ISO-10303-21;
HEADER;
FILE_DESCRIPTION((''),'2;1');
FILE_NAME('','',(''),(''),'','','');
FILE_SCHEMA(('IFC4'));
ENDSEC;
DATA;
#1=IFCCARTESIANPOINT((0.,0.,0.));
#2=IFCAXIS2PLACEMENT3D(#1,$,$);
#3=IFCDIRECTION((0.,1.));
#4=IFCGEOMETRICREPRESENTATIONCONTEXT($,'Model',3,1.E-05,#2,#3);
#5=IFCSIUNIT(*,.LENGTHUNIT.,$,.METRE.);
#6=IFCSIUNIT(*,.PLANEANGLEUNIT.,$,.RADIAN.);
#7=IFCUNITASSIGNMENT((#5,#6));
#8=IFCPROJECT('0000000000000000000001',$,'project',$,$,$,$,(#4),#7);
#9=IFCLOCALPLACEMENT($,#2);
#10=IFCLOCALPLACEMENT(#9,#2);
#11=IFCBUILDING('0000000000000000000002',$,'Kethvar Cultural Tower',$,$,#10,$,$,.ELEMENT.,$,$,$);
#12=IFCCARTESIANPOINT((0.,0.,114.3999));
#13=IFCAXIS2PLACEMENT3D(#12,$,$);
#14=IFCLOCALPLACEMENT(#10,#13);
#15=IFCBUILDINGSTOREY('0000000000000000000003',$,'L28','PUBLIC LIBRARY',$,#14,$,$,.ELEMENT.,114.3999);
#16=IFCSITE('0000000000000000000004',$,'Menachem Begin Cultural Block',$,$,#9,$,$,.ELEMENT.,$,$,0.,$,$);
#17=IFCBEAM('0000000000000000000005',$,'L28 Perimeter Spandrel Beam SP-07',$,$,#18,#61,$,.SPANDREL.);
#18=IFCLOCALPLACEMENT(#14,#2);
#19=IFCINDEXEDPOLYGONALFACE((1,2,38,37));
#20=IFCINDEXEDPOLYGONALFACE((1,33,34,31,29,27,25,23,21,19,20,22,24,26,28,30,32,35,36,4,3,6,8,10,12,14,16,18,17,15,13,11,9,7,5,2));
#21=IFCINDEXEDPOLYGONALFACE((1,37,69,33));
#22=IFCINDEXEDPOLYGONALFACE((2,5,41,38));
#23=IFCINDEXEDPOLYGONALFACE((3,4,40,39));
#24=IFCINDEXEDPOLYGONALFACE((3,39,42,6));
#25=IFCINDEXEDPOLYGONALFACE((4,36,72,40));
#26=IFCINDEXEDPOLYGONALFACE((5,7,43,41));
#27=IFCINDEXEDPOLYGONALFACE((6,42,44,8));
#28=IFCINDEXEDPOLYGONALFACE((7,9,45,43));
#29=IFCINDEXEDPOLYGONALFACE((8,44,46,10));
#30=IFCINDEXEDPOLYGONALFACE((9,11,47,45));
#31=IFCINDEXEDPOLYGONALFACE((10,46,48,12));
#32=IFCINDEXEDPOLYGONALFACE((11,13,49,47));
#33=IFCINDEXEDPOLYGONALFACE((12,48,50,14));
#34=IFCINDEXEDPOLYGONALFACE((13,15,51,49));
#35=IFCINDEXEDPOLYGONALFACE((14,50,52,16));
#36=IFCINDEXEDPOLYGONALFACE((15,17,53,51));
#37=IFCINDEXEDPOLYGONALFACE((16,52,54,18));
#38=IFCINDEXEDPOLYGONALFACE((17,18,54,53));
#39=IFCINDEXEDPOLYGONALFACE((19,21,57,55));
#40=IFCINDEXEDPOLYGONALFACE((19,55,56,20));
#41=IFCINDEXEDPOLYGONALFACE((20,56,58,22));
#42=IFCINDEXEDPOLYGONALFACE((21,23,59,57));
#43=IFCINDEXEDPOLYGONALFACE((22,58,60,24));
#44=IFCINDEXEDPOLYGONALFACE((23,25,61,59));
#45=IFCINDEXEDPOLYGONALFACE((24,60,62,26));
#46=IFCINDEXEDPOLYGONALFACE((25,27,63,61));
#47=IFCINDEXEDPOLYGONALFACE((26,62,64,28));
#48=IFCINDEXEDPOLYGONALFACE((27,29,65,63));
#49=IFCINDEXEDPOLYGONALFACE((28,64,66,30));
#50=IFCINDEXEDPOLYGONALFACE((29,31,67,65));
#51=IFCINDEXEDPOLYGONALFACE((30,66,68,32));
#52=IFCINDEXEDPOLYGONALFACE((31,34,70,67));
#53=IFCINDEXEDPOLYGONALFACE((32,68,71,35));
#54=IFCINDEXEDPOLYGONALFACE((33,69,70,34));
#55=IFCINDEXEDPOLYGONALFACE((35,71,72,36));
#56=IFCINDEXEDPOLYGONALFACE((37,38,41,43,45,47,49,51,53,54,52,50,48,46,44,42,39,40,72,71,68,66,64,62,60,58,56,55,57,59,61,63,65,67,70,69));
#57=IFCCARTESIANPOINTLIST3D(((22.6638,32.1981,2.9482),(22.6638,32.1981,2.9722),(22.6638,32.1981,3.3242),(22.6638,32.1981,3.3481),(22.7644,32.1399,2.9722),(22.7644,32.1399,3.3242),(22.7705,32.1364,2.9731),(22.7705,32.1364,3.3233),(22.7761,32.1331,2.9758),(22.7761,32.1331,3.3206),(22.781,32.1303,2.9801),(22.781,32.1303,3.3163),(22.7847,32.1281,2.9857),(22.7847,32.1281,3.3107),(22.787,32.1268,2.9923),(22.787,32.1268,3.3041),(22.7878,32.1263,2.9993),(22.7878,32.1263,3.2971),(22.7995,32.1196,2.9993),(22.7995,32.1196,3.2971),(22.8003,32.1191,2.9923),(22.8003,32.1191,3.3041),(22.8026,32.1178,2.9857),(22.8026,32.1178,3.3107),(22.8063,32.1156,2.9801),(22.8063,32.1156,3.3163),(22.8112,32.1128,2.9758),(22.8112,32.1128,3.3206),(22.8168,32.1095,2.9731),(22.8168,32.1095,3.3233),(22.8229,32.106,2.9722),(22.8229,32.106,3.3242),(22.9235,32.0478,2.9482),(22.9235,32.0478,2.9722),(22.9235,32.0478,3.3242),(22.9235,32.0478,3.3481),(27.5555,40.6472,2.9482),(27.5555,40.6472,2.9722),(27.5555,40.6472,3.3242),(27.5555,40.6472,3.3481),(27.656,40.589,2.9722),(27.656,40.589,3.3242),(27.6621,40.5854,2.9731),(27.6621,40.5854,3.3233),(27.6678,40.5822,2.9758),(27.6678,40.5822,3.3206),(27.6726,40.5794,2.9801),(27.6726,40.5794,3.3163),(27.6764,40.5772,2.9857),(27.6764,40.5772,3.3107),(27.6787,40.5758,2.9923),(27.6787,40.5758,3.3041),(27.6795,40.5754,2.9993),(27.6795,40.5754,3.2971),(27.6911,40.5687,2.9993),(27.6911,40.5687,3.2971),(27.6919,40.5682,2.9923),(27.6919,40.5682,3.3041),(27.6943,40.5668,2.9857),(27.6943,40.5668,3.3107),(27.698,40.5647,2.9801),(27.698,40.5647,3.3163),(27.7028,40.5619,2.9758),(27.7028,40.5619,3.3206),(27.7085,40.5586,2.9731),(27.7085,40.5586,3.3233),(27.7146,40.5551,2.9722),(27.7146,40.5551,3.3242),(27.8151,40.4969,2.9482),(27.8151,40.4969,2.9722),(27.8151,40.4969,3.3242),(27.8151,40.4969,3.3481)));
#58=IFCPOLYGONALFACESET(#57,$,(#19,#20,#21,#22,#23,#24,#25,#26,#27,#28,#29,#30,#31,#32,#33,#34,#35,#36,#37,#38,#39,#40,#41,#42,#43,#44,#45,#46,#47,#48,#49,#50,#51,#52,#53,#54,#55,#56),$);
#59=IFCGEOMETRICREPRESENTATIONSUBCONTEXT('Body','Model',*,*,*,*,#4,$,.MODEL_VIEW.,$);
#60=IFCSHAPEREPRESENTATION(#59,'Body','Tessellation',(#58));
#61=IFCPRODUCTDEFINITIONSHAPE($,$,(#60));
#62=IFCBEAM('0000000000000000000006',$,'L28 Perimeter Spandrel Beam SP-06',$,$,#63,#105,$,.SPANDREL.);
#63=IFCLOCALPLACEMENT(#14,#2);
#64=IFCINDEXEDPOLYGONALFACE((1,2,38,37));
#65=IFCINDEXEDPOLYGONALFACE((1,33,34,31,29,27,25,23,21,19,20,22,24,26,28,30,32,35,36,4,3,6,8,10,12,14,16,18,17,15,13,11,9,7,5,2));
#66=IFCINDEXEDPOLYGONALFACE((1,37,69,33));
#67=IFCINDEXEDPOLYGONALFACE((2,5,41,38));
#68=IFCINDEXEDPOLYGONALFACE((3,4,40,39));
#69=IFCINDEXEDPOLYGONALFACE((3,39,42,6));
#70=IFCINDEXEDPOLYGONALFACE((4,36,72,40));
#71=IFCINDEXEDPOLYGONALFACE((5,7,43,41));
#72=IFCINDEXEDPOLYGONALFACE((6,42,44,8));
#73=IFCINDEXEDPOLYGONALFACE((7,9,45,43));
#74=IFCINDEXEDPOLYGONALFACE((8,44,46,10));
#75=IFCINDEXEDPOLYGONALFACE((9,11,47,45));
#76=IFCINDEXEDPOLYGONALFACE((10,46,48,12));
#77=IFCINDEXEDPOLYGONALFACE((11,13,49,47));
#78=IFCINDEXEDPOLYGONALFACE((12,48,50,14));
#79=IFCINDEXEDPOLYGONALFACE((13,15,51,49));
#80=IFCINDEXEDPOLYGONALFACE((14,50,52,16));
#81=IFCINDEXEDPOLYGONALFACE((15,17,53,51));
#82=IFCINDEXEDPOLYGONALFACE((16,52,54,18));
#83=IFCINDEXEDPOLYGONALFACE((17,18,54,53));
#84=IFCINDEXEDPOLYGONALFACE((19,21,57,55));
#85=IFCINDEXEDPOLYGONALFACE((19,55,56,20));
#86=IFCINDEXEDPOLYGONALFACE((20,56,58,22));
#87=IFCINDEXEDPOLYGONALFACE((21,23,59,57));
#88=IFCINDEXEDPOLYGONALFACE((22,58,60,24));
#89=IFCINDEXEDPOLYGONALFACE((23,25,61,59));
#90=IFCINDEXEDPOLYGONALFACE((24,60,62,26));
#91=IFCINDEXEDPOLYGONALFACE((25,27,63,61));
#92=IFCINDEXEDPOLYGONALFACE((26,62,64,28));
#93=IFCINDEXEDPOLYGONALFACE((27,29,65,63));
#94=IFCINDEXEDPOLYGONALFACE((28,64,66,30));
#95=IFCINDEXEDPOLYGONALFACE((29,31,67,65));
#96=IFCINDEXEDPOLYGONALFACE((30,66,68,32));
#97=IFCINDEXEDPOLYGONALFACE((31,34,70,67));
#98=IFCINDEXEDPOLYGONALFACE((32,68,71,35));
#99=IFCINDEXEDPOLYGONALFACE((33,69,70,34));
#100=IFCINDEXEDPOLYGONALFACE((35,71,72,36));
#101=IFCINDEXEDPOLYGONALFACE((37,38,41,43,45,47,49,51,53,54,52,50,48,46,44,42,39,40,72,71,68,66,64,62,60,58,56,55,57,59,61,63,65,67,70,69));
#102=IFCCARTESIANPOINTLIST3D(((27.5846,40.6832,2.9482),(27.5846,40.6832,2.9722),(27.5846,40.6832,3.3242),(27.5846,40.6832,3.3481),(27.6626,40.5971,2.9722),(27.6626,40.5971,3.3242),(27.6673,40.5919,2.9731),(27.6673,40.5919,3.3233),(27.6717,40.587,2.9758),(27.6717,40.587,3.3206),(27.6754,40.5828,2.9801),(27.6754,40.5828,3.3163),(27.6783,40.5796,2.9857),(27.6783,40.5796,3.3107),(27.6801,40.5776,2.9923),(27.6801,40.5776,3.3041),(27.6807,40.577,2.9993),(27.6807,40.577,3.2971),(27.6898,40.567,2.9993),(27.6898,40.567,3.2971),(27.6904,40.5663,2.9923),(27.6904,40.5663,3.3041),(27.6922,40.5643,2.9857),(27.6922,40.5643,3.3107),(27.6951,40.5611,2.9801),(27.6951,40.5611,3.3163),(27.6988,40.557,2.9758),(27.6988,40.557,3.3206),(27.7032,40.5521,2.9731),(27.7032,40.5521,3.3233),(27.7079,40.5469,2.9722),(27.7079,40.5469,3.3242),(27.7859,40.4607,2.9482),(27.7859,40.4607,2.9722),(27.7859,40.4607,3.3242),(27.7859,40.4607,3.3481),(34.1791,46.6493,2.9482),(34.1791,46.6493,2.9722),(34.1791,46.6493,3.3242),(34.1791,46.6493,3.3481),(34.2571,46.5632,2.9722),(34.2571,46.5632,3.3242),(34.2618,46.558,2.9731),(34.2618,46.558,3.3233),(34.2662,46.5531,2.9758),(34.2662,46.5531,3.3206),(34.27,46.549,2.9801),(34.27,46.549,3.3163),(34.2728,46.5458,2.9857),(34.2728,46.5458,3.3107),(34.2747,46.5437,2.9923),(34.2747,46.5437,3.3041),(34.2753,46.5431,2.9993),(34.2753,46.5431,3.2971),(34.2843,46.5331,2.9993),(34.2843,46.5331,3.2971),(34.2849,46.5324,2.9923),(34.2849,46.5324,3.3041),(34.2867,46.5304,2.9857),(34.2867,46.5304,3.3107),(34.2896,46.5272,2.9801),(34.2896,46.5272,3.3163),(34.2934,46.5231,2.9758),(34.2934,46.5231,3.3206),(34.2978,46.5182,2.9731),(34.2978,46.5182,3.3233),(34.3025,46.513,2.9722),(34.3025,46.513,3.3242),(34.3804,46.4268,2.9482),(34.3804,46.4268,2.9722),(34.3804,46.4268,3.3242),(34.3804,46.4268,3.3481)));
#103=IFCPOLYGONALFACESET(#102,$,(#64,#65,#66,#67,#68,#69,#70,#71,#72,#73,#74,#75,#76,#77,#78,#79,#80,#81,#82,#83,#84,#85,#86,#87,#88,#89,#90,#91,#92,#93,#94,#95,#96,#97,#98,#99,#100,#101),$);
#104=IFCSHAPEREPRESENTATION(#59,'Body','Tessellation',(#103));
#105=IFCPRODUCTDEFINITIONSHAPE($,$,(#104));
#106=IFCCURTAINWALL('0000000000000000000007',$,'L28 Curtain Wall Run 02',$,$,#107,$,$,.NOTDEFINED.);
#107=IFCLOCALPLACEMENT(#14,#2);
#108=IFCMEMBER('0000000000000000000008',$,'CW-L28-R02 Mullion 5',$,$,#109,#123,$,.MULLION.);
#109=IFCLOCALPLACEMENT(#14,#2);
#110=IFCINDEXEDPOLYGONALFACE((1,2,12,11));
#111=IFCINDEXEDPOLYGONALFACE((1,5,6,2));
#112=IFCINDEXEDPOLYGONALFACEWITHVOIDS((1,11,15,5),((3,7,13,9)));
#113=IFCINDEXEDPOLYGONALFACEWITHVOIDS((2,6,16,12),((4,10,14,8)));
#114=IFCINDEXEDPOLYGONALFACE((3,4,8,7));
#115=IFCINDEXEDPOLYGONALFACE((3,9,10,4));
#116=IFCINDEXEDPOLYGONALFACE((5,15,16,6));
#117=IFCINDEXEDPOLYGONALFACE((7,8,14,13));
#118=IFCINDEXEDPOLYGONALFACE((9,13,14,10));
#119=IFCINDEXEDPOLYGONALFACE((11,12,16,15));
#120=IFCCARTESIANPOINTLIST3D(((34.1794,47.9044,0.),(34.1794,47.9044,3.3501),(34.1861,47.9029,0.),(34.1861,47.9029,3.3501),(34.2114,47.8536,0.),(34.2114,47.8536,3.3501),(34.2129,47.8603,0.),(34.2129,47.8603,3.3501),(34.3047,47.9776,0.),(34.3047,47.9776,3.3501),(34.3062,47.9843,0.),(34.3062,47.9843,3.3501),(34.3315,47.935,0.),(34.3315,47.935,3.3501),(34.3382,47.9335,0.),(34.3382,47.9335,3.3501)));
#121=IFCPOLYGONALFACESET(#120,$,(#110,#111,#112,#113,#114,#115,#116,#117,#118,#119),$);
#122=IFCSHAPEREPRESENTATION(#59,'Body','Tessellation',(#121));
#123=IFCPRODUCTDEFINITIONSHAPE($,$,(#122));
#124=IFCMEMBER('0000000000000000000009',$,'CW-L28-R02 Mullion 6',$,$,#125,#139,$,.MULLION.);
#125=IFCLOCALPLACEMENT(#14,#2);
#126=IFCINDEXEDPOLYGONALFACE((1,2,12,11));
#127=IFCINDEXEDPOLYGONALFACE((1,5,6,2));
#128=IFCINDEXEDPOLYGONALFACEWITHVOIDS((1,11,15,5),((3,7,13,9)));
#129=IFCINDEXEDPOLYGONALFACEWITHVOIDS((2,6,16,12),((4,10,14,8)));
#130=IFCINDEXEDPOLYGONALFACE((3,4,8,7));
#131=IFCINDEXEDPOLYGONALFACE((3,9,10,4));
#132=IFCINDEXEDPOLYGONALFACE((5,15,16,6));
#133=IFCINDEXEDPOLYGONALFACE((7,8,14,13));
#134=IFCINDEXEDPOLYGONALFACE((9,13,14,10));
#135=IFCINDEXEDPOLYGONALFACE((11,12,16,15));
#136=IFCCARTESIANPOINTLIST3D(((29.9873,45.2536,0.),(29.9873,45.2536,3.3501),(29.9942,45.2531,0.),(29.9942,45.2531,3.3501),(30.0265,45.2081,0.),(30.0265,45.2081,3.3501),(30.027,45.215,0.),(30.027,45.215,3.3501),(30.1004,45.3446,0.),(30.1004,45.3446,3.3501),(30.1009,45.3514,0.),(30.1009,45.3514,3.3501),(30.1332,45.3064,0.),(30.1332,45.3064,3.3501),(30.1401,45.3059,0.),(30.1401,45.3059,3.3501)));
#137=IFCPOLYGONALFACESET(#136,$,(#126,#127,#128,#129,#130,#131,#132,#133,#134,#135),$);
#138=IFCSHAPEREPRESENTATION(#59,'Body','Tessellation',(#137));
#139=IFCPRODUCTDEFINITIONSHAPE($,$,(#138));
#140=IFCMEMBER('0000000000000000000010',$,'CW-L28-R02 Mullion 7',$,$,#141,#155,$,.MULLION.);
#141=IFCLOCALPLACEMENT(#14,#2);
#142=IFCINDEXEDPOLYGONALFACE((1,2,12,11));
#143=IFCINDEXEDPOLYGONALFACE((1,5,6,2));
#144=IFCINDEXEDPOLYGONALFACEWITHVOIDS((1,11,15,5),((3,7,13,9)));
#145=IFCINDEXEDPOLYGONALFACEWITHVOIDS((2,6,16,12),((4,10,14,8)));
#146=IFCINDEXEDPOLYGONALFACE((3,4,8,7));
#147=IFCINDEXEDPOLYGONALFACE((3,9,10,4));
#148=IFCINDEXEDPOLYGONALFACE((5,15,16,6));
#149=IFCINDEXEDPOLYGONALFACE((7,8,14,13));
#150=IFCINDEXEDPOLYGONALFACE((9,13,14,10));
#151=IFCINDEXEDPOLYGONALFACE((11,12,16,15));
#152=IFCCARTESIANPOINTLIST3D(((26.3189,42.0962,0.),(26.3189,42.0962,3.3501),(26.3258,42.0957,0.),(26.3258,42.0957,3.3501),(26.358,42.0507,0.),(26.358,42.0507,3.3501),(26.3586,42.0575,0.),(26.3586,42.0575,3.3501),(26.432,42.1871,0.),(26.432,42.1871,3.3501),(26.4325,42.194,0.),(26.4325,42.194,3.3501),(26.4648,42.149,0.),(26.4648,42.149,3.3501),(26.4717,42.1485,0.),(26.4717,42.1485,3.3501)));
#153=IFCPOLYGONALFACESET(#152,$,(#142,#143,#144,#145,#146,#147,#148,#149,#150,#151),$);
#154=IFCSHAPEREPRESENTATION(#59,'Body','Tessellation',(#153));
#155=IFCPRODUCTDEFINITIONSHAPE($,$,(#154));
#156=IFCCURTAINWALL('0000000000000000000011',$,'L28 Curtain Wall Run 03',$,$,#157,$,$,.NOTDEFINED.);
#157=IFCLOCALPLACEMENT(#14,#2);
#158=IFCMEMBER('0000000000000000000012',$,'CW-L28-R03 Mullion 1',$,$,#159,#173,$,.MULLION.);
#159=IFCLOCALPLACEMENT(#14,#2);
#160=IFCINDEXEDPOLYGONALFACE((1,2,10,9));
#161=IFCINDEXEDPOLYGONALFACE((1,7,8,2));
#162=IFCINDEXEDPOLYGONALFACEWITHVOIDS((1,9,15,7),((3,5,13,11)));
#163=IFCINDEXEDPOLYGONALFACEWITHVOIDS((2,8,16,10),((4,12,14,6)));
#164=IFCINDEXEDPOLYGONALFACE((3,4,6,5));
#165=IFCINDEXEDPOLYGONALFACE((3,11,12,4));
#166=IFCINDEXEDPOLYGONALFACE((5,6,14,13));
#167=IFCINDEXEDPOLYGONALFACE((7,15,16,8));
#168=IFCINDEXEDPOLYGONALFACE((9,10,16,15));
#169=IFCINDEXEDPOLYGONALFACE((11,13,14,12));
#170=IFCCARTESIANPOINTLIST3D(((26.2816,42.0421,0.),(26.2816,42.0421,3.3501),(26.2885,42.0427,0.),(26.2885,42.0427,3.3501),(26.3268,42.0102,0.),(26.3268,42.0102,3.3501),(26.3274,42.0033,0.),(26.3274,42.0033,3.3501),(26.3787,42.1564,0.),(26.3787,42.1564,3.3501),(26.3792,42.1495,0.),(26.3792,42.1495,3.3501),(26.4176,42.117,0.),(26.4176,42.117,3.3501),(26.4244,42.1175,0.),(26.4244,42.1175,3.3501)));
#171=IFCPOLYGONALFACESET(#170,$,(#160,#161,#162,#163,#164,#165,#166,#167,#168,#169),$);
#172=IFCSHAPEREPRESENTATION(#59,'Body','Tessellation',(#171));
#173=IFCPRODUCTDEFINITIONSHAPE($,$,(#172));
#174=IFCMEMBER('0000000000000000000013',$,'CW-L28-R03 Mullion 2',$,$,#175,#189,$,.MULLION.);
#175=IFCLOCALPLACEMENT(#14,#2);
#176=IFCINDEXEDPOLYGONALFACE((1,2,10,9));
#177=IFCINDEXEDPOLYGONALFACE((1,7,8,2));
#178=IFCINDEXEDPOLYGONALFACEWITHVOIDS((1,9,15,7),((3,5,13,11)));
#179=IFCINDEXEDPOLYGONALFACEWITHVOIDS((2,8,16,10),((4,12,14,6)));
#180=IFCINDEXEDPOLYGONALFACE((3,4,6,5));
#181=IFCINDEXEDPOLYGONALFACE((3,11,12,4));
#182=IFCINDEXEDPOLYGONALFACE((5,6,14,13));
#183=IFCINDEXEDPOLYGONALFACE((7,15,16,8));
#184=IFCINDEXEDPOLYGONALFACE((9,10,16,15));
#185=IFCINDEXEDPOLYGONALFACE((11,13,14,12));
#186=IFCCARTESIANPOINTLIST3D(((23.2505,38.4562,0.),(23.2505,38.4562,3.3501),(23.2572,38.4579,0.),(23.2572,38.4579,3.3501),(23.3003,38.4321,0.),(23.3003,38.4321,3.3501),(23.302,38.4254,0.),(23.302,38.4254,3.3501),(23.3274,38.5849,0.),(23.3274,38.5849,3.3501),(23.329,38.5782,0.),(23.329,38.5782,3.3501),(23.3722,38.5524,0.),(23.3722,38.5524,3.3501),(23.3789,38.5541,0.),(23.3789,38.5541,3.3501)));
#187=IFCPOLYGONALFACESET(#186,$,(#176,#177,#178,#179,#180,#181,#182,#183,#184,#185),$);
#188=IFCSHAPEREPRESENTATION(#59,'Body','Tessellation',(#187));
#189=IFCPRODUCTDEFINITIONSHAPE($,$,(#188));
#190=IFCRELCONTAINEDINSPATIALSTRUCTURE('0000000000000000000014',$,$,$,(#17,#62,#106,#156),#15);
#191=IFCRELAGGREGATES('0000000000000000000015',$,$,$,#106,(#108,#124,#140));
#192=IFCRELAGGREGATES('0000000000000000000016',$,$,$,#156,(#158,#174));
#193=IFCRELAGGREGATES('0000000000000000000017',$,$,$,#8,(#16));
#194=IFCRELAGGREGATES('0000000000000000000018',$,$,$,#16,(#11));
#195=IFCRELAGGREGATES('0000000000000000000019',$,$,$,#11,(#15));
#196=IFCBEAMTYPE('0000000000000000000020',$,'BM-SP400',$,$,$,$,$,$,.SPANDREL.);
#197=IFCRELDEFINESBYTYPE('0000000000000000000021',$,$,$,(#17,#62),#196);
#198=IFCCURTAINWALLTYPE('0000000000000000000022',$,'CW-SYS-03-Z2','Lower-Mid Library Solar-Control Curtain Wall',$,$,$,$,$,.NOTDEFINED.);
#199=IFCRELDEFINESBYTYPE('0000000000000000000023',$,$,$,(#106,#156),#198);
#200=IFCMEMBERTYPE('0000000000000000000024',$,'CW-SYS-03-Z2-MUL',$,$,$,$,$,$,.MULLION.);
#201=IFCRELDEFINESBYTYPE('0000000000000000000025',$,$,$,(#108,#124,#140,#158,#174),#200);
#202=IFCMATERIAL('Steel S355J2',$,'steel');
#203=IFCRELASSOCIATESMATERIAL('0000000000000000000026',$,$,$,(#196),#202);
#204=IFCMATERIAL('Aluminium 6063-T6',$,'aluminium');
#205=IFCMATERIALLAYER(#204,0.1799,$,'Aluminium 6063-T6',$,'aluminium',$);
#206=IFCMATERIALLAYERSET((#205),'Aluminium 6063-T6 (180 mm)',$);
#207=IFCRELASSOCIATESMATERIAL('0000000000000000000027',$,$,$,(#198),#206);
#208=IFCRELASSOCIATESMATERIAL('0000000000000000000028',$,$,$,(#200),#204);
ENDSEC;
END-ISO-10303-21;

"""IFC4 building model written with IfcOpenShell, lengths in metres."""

from ifc_helpers import new_model, si_unit, direction, frame, origin, origin_2d, place, context, subcontext, project, spatial, hollow_rectangle, i_section, extrude, source, transform, mapped, material, layer, layer_set, material_profile, profile_set, type_object, element, aggregate, save


model = new_model("IFC4")

# Units and contexts
model_context = context("Model", 3, precision=1e-05, world=origin(), true_north=direction((0.0, 1.0)))
body_context = subcontext(model_context, "Body", "Model", "MODEL_VIEW")
ifc_project = project(units=[si_unit("LENGTHUNIT", "METRE"), si_unit("PLANEANGLEUNIT", "RADIAN")], contexts=[model_context])

# Site, building, storey
site_placement = place(None, origin())
site = spatial("IfcSite", under=ifc_project, at=site_placement, Name="Menachem Begin Cultural Block", CompositionType="ELEMENT", RefElevation=0.0)
building_placement = place(site_placement, origin())
building = spatial("IfcBuilding", under=site, at=building_placement, Name="Kethvar Cultural Tower", CompositionType="ELEMENT")
storey_placement = place(building_placement, frame((0.0, 0.0, 114.3999)))
storey = spatial("IfcBuildingStorey", under=building, at=storey_placement, Name="L28", Description="PUBLIC LIBRARY", CompositionType="ELEMENT", Elevation=114.3999)

# Beams
ifc_material_1 = material(Name="Steel S355J2", Category="steel")
ifc_material_profile_1 = material_profile(ifc_material_1, i_section(OverallWidth=0.3, OverallDepth=0.3999, WebThickness=0.0134, FlangeThickness=0.0239, FilletRadius=0.0271, at=origin_2d()), Name="Steel S355J2 — HEB400")
ifc_profile_set_1 = profile_set([ifc_material_profile_1], Name="Steel S355J2 — HEB400")
beam_type_1 = type_object("IfcBeamType", Name="BM-SP400", PredefinedType="SPANDREL", material=ifc_profile_set_1)
shared_shape_1 = source(origin(), body_context, "Body", "SweptSolid", [
    extrude(i_section(OverallWidth=0.3, OverallDepth=0.3999, WebThickness=0.0134, FlangeThickness=0.0239, FilletRadius=0.0271, at=origin_2d()), origin(), (0.0, 0.0, 1.0), 9.7629),
])
beam_1_placement = place(storey_placement, frame((27.6853, 40.572, 3.1482), z_axis=(-0.501043, -0.865422, 0.0), x_axis=(0.865422, -0.501043, 0.0)))
element("IfcBeam", 1, at=beam_1_placement, inside=storey, type_object=beam_type_1, Name="L28 Perimeter Spandrel Beam SP-07", PredefinedType="SPANDREL", context=body_context, shape_type="MappedRepresentation", body=[
    mapped(shared_shape_1, transform((0.0, 0.0, 0.0), scale=1.0)),
])
shared_shape_2 = source(origin(), body_context, "Body", "SweptSolid", [
    extrude(i_section(OverallWidth=0.3, OverallDepth=0.3999, WebThickness=0.0134, FlangeThickness=0.0239, FilletRadius=0.0271, at=origin_2d()), origin(), (0.0, 0.0, 1.0), 8.8928),
])
beam_2_placement = place(storey_placement, frame((34.2798, 46.5381, 3.1482), z_axis=(-0.741557, -0.67089, 0.0), x_axis=(0.67089, -0.741557, 0.0)))
element("IfcBeam", 2, at=beam_2_placement, inside=storey, type_object=beam_type_1, Name="L28 Perimeter Spandrel Beam SP-06", PredefinedType="SPANDREL", context=body_context, shape_type="MappedRepresentation", body=[
    mapped(shared_shape_2, transform((0.0, 0.0, 0.0), scale=1.0)),
])

# Curtain walls, members
ifc_material_2 = material(Name="Aluminium 6063-T6", Category="aluminium")
ifc_layer_1 = layer(ifc_material_2, 0.1799, Name="Aluminium 6063-T6", Category="aluminium")
ifc_layer_set_1 = layer_set([ifc_layer_1], Name="Aluminium 6063-T6 (180 mm)")
curtain_wall_type = type_object("IfcCurtainWallType", Name="CW-SYS-03-Z2", Description="Lower-Mid Library Solar-Control Curtain Wall", PredefinedType="NOTDEFINED", material=ifc_layer_set_1)
curtain_wall_1_placement = place(storey_placement, origin())
curtain_wall_1 = element("IfcCurtainWall", 3, at=curtain_wall_1_placement, inside=storey, type_object=curtain_wall_type, Name="L28 Curtain Wall Run 02", PredefinedType="NOTDEFINED")
ifc_material_profile_2 = material_profile(ifc_material_2, hollow_rectangle(XDim=0.0601, YDim=0.1499, WallThickness=0.0049, at=origin_2d()), Name="Aluminium 6063-T6 — RHS150x60x5")
ifc_profile_set_2 = profile_set([ifc_material_profile_2], Name="Aluminium 6063-T6 — RHS150x60x5")
member_type_1 = type_object("IfcMemberType", Name="CW-SYS-03-Z2-MUL", PredefinedType="MULLION", material=ifc_profile_set_2)
shared_shape_3 = source(origin(), body_context, "Body", "SweptSolid", [
    extrude(hollow_rectangle(XDim=0.0601, YDim=0.1499, WallThickness=0.0049, at=origin_2d()), origin(), (0.0, 0.0, 1.0), 3.3501),
])
member_1_placement = place(storey_placement, frame((34.2588, 47.9189, 0.0), z_axis=(0.0, 0.0, 1.0), x_axis=(0.532714, -0.846295, 0.0)))
member_1 = element("IfcMember", 4, at=member_1_placement, type_object=member_type_1, Name="CW-L28-R02 Mullion 5", PredefinedType="MULLION", context=body_context, shape_type="MappedRepresentation", body=[
    mapped(shared_shape_3, transform((0.0, 0.0, 0.0), scale=1.0)),
])
member_2_placement = place(storey_placement, frame((30.0637, 45.2798, 0.0), z_axis=(0.0, 0.0, 1.0), x_axis=(0.652363, -0.757907, 0.0)))
member_2 = element("IfcMember", 5, at=member_2_placement, type_object=member_type_1, Name="CW-L28-R02 Mullion 6", PredefinedType="MULLION", context=body_context, shape_type="MappedRepresentation", body=[
    mapped(shared_shape_3, transform((0.0, 0.0, 0.0), scale=1.0)),
])
member_3_placement = place(storey_placement, frame((26.3953, 42.1223, 0.0), z_axis=(0.0, 0.0, 1.0), x_axis=(0.652363, -0.757907, 0.0)))
member_3 = element("IfcMember", 6, at=member_3_placement, type_object=member_type_1, Name="CW-L28-R02 Mullion 7", PredefinedType="MULLION", context=body_context, shape_type="MappedRepresentation", body=[
    mapped(shared_shape_3, transform((0.0, 0.0, 0.0), scale=1.0)),
])
curtain_wall_2_placement = place(storey_placement, origin())
curtain_wall_2 = element("IfcCurtainWall", 7, at=curtain_wall_2_placement, inside=storey, type_object=curtain_wall_type, Name="L28 Curtain Wall Run 03", PredefinedType="NOTDEFINED")
member_4_placement = place(storey_placement, frame((26.353, 42.0798, 0.0), z_axis=(0.0, 0.0, 1.0), x_axis=(0.762183, -0.647362, 0.0)))
member_4 = element("IfcMember", 8, at=member_4_placement, type_object=member_type_1, Name="CW-L28-R03 Mullion 1", PredefinedType="MULLION", context=body_context, shape_type="MappedRepresentation", body=[
    mapped(shared_shape_3, transform((0.0, 0.0, 0.0), scale=1.0)),
])
member_5_placement = place(storey_placement, frame((23.3147, 38.5051, 0.0), z_axis=(0.0, 0.0, 1.0), x_axis=(0.858459, -0.512882, 0.0)))
member_5 = element("IfcMember", 9, at=member_5_placement, type_object=member_type_1, Name="CW-L28-R03 Mullion 2", PredefinedType="MULLION", context=body_context, shape_type="MappedRepresentation", body=[
    mapped(shared_shape_3, transform((0.0, 0.0, 0.0), scale=1.0)),
])

aggregate(curtain_wall_1, [member_1, member_2, member_3])
aggregate(curtain_wall_2, [member_4, member_5])

save(model, "model.ifc")
